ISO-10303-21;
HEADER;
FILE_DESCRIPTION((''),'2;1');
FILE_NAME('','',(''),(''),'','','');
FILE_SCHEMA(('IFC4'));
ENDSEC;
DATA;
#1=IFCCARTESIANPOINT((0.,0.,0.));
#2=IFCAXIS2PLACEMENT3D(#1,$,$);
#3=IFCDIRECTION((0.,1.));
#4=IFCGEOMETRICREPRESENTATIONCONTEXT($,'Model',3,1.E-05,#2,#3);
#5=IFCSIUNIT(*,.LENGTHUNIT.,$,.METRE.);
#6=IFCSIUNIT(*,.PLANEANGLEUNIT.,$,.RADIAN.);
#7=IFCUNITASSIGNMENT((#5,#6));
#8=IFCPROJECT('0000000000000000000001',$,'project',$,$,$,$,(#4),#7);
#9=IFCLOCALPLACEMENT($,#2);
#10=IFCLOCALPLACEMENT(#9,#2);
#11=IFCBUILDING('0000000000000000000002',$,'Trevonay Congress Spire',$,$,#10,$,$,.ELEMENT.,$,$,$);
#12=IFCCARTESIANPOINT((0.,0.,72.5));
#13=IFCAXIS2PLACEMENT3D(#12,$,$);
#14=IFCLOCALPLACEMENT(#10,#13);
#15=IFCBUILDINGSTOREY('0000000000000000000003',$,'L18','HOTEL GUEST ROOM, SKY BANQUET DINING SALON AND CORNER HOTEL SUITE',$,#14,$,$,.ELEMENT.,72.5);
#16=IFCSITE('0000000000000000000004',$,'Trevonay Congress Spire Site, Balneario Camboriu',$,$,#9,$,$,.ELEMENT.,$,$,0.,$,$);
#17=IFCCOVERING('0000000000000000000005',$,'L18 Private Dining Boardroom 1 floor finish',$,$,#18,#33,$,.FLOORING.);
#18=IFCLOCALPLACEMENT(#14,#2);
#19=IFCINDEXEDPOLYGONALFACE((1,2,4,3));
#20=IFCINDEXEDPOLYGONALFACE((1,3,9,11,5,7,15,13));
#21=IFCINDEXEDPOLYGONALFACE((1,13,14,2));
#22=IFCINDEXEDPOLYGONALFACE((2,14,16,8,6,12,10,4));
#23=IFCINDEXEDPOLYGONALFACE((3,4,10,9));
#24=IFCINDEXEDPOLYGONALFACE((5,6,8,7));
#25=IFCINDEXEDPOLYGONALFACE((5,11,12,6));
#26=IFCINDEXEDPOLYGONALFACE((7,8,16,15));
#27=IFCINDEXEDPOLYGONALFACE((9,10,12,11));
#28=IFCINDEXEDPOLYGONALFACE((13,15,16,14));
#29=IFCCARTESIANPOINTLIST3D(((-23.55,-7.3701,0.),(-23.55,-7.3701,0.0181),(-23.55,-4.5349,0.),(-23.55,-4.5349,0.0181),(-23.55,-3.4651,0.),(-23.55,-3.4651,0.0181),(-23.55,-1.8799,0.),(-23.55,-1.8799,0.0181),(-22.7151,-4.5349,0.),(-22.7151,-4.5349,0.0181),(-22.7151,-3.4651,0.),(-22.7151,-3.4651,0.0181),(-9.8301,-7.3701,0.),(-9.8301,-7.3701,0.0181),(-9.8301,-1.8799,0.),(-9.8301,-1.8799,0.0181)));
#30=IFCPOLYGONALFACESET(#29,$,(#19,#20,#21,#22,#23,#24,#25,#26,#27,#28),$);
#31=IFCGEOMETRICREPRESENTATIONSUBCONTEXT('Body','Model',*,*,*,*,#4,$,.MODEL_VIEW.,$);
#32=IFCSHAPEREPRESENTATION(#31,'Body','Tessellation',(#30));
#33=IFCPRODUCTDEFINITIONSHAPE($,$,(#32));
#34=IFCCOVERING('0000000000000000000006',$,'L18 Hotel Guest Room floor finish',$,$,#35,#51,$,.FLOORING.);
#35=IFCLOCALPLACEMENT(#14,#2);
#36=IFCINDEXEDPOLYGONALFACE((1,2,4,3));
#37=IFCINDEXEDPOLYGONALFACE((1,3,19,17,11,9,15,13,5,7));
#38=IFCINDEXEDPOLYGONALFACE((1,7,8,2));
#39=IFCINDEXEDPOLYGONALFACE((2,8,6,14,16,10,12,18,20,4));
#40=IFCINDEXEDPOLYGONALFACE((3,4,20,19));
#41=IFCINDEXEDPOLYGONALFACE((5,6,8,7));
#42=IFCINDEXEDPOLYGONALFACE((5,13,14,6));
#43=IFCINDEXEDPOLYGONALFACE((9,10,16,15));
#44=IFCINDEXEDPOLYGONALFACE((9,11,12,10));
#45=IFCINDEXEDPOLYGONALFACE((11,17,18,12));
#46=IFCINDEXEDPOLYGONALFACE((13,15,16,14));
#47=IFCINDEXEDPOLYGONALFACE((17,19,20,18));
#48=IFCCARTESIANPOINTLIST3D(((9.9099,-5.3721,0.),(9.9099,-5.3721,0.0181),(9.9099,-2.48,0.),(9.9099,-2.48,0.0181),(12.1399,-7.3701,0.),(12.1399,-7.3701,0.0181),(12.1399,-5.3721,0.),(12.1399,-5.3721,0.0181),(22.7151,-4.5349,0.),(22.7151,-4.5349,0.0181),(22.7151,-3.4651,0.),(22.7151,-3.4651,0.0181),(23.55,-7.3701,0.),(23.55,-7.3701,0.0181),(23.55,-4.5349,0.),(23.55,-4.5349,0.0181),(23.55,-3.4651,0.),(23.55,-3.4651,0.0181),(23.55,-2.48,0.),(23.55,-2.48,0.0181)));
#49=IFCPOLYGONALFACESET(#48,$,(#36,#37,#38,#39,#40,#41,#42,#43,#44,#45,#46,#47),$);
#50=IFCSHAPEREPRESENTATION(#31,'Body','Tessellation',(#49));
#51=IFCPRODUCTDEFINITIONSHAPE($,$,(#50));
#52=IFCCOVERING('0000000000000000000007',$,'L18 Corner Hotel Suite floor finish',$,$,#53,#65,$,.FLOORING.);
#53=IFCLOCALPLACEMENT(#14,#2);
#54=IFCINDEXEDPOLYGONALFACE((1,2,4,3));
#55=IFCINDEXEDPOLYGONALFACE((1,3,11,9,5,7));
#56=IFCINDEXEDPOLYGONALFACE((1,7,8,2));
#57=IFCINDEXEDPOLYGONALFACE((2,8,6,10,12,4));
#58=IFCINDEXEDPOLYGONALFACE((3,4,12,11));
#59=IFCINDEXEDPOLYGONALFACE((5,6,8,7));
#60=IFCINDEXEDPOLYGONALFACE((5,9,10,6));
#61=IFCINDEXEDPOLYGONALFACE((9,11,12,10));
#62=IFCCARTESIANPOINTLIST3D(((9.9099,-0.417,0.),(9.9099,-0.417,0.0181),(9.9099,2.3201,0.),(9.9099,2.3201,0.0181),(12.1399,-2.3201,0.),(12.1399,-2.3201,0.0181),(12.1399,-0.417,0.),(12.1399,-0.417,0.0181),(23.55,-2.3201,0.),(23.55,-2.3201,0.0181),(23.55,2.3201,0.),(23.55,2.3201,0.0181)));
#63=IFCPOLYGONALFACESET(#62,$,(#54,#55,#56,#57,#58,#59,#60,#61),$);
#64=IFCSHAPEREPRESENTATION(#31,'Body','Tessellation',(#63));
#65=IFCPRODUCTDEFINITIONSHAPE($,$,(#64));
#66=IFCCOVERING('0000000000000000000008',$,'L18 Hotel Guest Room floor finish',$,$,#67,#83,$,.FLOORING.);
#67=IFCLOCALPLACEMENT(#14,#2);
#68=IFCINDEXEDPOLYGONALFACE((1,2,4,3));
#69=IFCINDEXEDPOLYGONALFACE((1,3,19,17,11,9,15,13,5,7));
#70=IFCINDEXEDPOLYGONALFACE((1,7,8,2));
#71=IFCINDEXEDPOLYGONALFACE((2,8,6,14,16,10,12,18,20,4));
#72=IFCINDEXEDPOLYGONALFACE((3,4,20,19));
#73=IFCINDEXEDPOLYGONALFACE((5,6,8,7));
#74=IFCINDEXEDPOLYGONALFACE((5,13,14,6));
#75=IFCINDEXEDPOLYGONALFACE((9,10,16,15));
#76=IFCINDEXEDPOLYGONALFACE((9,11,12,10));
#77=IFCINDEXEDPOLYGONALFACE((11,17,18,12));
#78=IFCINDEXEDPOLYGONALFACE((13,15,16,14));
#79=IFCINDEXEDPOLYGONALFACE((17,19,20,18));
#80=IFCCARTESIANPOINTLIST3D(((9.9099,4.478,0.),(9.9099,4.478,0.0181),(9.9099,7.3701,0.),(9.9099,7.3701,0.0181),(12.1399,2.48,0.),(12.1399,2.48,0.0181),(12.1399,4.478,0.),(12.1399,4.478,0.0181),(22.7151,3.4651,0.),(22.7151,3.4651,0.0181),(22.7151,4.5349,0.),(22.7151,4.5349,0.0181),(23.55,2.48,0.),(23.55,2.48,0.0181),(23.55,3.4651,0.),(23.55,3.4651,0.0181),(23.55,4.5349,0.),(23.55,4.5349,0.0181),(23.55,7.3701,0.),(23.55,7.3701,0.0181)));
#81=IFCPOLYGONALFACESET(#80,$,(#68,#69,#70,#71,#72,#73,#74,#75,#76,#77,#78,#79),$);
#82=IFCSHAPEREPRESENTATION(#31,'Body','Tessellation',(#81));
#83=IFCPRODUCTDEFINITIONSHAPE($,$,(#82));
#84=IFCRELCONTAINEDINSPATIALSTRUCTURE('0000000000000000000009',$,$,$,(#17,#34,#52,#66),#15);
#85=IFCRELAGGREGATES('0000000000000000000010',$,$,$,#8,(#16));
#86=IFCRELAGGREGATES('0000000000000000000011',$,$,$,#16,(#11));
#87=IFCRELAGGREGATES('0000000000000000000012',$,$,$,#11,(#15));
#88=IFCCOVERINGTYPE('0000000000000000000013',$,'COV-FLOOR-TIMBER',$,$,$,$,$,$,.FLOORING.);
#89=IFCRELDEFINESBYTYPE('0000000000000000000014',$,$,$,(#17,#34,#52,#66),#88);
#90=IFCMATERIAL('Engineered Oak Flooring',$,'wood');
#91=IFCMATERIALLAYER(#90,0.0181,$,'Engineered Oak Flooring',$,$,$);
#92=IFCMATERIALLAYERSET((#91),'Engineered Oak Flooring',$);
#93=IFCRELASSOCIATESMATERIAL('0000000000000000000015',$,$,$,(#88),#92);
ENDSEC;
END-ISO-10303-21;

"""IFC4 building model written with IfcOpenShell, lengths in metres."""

from ifc_helpers import new_model, si_unit, direction, frame, origin, place, context, subcontext, project, spatial, polyline, outline, extrude, material, layer, layer_set, type_object, element, save


model = new_model("IFC4")

# Units and contexts
model_context = context("Model", 3, precision=1e-05, world=origin(), true_north=direction((0.0, 1.0)))
body_context = subcontext(model_context, "Body", "Model", "MODEL_VIEW")
ifc_project = project(units=[si_unit("LENGTHUNIT", "METRE"), si_unit("PLANEANGLEUNIT", "RADIAN")], contexts=[model_context])

# Site, building, storey
site_placement = place(None, origin())
site = spatial("IfcSite", under=ifc_project, at=site_placement, Name="Trevonay Congress Spire Site, Balneario Camboriu", CompositionType="ELEMENT", RefElevation=0.0)
building_placement = place(site_placement, origin())
building = spatial("IfcBuilding", under=site, at=building_placement, Name="Trevonay Congress Spire", CompositionType="ELEMENT")
storey_placement = place(building_placement, frame((0.0, 0.0, 72.5)))
storey = spatial("IfcBuildingStorey", under=building, at=storey_placement, Name="L18", Description="HOTEL GUEST ROOM, SKY BANQUET DINING SALON AND CORNER HOTEL SUITE", CompositionType="ELEMENT", Elevation=72.5)

# Coverings
ifc_material_1 = material(Name="Engineered Oak Flooring", Category="wood")
ifc_layer_1 = layer(ifc_material_1, 0.0181, Name="Engineered Oak Flooring")
ifc_layer_set_1 = layer_set([ifc_layer_1], Name="Engineered Oak Flooring")
covering_type_1 = type_object("IfcCoveringType", Name="COV-FLOOR-TIMBER", PredefinedType="FLOORING", material=ifc_layer_set_1)
covering_1_placement = place(storey_placement, origin())
element("IfcCovering", 1, at=covering_1_placement, inside=storey, type_object=covering_type_1, Name="L18 Private Dining Boardroom 1 floor finish", PredefinedType="FLOORING", context=body_context, shape_type="SweptSolid", body=[
    extrude(outline(polyline([(-23.55, -1.8799), (-9.8301, -1.8799), (-9.8301, -7.3701), (-23.55, -7.3701), (-23.55, -4.5349), (-22.7151, -4.5349), (-22.7151, -3.4651), (-23.55, -3.4651), (-23.55, -1.8799)])), origin(), (0.0, 0.0, 1.0), 0.0181),
])
covering_2_placement = place(storey_placement, origin())
element("IfcCovering", 2, at=covering_2_placement, inside=storey, type_object=covering_type_1, Name="L18 Hotel Guest Room floor finish", PredefinedType="FLOORING", context=body_context, shape_type="SweptSolid", body=[
    extrude(outline(polyline([(9.9099, -2.48), (23.55, -2.48), (23.55, -3.4651), (22.7151, -3.4651), (22.7151, -4.5349), (23.55, -4.5349), (23.55, -7.3701), (12.1399, -7.3701), (12.1399, -5.3721), (9.9099, -5.3721), (9.9099, -2.48)])), origin(), (0.0, 0.0, 1.0), 0.0181),
])
covering_3_placement = place(storey_placement, origin())
element("IfcCovering", 3, at=covering_3_placement, inside=storey, type_object=covering_type_1, Name="L18 Corner Hotel Suite floor finish", PredefinedType="FLOORING", context=body_context, shape_type="SweptSolid", body=[
    extrude(outline(polyline([(9.9099, -0.417), (9.9099, 2.3201), (23.55, 2.3201), (23.55, -2.3201), (12.1399, -2.3201), (12.1399, -0.417), (9.9099, -0.417)])), origin(), (0.0, 0.0, 1.0), 0.0181),
])
covering_4_placement = place(storey_placement, origin())
element("IfcCovering", 4, at=covering_4_placement, inside=storey, type_object=covering_type_1, Name="L18 Hotel Guest Room floor finish", PredefinedType="FLOORING", context=body_context, shape_type="SweptSolid", body=[
    extrude(outline(polyline([(9.9099, 7.3701), (23.55, 7.3701), (23.55, 4.5349), (22.7151, 4.5349), (22.7151, 3.4651), (23.55, 3.4651), (23.55, 2.48), (12.1399, 2.48), (12.1399, 4.478), (9.9099, 4.478), (9.9099, 7.3701)])), origin(), (0.0, 0.0, 1.0), 0.0181),
])

save(model, "model.ifc")
